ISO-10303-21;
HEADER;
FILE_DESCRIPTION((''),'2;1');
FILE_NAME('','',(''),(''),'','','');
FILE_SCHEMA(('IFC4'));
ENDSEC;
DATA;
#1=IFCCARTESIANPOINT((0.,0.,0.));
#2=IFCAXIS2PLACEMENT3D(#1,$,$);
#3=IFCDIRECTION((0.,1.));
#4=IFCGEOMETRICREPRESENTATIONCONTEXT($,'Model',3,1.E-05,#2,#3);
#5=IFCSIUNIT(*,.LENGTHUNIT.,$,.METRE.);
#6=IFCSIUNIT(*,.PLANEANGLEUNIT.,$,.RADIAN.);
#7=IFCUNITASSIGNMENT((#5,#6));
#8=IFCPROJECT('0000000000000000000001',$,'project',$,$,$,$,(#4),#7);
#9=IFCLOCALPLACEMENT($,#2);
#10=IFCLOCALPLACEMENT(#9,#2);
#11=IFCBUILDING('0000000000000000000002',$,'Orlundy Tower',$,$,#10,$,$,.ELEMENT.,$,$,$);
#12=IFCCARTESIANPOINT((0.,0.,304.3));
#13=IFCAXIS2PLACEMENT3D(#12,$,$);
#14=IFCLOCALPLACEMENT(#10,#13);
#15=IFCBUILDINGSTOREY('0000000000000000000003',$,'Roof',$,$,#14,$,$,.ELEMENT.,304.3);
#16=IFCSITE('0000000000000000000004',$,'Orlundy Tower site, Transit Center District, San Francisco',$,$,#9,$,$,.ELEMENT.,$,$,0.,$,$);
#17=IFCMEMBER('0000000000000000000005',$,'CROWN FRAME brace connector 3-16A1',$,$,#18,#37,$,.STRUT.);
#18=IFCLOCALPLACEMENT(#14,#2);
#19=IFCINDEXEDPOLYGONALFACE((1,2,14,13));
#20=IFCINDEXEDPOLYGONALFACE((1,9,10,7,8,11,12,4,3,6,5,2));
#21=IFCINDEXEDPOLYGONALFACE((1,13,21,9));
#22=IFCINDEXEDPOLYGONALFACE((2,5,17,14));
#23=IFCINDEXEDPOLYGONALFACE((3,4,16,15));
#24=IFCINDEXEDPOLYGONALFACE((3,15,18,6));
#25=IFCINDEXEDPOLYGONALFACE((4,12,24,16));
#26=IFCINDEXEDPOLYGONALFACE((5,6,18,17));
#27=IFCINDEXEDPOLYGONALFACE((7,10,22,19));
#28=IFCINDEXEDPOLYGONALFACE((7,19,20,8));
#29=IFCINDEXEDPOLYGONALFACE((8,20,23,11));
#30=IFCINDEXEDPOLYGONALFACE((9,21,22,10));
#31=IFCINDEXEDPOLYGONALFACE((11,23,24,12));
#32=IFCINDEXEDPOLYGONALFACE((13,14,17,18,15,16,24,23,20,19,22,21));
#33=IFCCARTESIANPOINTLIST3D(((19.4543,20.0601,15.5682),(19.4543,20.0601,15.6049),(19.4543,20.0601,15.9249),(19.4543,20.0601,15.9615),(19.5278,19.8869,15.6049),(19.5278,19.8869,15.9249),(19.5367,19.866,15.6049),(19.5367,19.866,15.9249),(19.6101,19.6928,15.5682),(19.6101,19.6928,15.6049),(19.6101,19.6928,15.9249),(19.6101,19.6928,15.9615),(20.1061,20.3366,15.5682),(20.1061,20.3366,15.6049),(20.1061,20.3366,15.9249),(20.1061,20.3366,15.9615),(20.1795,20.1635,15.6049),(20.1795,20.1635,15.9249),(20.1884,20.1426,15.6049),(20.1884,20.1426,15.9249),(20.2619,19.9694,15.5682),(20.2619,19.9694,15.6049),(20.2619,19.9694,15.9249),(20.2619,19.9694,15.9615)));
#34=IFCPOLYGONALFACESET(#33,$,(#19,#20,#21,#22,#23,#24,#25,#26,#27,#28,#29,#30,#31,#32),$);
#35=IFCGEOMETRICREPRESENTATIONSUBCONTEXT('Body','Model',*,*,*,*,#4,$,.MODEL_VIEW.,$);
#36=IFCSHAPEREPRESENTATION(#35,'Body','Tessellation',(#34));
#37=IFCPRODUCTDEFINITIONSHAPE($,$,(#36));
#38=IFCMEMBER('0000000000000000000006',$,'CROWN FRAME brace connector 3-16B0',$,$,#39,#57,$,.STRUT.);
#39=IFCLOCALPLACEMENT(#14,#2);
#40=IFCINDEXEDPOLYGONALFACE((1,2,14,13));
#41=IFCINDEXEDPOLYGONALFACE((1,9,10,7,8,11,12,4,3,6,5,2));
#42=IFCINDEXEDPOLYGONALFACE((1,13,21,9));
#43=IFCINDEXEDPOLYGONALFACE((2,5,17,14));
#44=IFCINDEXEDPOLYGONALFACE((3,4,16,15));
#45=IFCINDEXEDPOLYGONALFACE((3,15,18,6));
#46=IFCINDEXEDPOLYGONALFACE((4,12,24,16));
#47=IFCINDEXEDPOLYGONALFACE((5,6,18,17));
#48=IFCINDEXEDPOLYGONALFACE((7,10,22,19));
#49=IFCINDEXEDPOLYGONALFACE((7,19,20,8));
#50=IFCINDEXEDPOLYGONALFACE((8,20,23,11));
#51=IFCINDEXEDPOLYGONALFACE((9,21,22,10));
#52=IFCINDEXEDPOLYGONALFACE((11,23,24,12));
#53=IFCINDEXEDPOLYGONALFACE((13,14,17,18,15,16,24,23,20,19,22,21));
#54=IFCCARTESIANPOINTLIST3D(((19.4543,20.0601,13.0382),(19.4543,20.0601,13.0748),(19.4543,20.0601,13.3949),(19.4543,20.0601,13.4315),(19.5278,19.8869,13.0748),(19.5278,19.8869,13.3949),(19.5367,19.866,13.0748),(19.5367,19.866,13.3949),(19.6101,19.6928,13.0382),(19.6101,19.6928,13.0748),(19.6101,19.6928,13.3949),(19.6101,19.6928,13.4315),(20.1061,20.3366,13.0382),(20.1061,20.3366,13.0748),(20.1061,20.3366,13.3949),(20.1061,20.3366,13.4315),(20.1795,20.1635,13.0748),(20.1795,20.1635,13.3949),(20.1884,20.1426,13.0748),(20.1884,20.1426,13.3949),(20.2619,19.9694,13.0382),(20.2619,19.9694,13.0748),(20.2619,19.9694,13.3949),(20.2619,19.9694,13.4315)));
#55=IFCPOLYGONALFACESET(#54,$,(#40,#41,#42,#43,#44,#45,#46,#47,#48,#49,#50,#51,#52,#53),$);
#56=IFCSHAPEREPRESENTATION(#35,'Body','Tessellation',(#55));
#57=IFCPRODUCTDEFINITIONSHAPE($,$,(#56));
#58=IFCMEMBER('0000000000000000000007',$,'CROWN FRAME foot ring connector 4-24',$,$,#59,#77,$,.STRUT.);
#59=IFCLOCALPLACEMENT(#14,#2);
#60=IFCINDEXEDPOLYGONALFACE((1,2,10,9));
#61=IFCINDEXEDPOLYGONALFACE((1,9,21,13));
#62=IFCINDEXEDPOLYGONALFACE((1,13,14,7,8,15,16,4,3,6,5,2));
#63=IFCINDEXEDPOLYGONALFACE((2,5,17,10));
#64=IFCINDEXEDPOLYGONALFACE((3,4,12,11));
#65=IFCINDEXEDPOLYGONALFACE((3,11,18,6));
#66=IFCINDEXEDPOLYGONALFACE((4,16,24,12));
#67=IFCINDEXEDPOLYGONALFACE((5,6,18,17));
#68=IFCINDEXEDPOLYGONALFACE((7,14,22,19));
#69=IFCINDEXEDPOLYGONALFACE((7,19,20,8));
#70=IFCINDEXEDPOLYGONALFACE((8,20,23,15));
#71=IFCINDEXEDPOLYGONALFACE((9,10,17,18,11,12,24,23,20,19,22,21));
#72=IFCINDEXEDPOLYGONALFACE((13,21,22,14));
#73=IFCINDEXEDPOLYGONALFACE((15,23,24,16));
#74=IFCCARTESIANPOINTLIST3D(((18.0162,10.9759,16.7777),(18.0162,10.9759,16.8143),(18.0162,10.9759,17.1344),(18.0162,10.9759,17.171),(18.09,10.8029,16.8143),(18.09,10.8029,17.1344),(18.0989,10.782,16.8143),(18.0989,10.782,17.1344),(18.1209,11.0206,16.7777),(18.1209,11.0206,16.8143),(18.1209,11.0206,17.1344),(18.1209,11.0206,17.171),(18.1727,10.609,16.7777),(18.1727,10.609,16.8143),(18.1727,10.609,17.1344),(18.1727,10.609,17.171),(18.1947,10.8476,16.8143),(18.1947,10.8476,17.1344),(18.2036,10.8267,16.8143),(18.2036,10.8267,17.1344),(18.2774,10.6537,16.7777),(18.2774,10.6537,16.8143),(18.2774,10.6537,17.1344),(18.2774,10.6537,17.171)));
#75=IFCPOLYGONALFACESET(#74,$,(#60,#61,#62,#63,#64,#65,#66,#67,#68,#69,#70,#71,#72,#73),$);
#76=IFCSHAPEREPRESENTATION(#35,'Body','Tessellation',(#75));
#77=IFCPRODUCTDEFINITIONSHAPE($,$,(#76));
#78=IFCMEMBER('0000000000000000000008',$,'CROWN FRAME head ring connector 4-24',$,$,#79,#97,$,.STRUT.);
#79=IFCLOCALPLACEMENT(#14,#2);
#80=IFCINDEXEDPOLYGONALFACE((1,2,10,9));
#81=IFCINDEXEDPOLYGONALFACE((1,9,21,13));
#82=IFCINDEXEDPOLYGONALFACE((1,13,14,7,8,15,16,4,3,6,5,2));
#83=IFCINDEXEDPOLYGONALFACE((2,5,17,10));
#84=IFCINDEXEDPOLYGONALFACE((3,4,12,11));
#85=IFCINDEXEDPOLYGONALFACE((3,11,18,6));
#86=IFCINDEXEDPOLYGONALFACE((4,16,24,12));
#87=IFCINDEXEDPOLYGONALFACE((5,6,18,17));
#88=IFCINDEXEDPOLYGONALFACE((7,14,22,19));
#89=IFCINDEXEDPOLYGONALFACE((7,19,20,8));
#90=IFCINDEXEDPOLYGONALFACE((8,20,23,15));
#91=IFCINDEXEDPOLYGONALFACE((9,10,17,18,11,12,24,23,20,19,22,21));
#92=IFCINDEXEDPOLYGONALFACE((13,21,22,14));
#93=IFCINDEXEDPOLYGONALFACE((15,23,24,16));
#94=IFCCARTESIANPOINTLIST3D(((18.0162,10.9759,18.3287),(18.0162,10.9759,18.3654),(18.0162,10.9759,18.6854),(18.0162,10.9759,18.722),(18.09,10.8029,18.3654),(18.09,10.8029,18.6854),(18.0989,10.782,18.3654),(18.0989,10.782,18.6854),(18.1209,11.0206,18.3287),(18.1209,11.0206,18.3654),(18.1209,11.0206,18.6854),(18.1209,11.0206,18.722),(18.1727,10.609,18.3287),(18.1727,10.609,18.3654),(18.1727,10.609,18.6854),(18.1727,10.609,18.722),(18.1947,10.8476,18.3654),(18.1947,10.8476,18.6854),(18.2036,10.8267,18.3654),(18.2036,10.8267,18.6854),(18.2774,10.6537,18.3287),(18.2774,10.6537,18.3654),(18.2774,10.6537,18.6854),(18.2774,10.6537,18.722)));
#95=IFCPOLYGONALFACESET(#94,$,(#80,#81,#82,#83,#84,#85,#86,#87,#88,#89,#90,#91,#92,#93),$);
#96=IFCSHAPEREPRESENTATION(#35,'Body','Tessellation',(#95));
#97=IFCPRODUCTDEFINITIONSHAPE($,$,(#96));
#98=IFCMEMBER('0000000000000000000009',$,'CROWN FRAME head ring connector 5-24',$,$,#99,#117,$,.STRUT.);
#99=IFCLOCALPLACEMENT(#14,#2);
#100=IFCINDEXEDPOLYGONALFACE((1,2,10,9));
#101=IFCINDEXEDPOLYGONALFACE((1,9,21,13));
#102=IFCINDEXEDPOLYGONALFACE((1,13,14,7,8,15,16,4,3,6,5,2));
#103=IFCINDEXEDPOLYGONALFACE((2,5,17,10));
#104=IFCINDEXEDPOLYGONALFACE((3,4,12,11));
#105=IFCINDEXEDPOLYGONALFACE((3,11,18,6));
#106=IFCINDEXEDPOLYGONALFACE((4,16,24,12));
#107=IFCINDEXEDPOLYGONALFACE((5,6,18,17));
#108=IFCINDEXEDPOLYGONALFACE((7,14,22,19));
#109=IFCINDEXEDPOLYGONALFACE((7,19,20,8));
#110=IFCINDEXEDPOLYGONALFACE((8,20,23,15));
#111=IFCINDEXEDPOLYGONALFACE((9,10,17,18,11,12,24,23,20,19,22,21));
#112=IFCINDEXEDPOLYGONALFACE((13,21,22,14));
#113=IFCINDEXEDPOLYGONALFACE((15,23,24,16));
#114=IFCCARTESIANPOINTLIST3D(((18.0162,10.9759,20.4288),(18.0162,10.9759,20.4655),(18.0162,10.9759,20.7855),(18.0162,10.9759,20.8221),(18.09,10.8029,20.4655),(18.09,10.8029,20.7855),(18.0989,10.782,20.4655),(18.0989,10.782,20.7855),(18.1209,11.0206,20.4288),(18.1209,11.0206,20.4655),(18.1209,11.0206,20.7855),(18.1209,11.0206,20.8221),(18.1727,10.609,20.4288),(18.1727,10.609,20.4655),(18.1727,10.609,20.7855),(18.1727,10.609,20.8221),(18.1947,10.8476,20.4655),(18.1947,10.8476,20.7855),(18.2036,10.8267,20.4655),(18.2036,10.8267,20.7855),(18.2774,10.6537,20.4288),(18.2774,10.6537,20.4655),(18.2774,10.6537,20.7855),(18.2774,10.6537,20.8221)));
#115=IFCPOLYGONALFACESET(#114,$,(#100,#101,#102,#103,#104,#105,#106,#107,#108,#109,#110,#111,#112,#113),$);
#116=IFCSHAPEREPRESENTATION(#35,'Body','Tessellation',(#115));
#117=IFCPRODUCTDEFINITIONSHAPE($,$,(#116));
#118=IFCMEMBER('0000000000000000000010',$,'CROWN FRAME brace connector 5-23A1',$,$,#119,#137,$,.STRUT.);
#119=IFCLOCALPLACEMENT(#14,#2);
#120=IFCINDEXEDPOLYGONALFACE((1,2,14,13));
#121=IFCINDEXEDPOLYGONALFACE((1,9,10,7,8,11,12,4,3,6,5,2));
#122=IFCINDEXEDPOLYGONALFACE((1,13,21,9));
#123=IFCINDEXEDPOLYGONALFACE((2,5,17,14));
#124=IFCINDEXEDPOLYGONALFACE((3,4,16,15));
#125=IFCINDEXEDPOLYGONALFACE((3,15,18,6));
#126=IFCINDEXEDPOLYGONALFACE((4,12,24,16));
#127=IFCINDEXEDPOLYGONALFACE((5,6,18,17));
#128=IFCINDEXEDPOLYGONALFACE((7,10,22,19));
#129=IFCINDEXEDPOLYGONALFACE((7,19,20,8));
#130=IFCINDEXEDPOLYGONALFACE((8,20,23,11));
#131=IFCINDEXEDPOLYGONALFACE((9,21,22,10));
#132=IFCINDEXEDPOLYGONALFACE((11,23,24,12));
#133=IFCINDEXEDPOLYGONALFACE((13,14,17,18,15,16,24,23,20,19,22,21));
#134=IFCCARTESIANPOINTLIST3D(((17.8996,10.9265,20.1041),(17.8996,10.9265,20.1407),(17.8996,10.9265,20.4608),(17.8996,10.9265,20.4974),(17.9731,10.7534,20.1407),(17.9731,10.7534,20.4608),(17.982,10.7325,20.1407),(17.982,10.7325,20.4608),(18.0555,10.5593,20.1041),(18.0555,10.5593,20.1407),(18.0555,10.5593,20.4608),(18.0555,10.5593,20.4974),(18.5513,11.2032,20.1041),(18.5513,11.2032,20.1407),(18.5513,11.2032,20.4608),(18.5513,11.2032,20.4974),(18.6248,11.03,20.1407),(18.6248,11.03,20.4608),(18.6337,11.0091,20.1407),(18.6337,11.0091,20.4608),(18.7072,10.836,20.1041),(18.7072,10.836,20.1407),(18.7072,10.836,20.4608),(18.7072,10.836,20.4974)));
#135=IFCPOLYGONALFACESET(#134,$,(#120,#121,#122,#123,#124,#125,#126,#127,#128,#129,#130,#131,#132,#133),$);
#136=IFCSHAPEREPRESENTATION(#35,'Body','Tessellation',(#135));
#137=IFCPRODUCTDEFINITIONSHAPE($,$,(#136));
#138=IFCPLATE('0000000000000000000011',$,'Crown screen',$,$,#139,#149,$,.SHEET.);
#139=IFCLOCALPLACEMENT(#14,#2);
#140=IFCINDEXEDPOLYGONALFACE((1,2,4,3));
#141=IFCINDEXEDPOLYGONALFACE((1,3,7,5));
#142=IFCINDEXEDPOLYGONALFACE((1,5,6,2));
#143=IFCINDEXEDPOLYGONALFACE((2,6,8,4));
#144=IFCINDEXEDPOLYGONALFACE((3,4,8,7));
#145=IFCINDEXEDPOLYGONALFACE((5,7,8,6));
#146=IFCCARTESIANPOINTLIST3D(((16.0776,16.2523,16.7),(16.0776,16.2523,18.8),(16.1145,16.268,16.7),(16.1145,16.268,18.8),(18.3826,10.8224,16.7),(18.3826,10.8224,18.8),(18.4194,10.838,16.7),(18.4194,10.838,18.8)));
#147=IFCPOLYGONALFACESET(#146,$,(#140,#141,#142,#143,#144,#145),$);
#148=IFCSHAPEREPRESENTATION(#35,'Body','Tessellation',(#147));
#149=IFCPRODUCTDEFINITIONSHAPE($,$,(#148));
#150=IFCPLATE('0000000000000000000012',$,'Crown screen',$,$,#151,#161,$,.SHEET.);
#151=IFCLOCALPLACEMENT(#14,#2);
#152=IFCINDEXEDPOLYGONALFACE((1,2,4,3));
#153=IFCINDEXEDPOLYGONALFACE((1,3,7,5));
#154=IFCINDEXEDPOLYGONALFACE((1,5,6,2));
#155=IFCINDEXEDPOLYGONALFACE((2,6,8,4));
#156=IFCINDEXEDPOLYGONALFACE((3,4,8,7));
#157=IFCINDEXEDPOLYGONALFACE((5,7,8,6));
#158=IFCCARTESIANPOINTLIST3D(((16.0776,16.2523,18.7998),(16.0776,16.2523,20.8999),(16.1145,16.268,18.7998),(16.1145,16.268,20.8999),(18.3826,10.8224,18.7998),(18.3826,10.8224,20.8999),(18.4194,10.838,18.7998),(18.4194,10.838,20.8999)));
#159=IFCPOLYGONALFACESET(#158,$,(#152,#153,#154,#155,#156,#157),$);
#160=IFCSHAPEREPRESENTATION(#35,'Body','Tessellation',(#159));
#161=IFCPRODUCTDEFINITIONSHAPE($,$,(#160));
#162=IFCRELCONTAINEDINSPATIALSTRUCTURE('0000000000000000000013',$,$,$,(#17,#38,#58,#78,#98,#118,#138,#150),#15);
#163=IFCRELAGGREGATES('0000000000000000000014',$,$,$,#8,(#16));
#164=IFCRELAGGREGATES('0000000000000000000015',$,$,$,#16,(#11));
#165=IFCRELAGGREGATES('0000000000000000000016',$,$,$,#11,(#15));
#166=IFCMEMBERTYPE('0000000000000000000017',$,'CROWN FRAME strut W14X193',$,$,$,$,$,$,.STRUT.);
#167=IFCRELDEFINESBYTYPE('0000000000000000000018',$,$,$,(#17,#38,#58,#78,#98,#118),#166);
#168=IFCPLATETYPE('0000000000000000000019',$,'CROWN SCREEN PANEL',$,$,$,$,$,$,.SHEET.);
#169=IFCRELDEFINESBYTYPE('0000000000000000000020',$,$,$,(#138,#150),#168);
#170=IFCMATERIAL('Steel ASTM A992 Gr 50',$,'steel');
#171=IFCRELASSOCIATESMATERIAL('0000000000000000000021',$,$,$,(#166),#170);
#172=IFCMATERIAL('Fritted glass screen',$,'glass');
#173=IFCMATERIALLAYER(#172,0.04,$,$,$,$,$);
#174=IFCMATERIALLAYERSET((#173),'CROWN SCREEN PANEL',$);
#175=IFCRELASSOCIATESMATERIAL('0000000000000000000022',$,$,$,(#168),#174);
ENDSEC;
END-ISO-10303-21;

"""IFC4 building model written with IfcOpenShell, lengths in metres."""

from ifc_helpers import new_model, si_unit, direction, frame, origin, origin_2d, place, context, subcontext, project, spatial, rectangle, i_section, extrude, material, layer, layer_set, material_profile, profile_set, type_object, element, save


model = new_model("IFC4")

# Units and contexts
model_context = context("Model", 3, precision=1e-05, world=origin(), true_north=direction((0.0, 1.0)))
body_context = subcontext(model_context, "Body", "Model", "MODEL_VIEW")
ifc_project = project(units=[si_unit("LENGTHUNIT", "METRE"), si_unit("PLANEANGLEUNIT", "RADIAN")], contexts=[model_context])

# Site, building, storey
site_placement = place(None, origin())
site = spatial("IfcSite", under=ifc_project, at=site_placement, Name="Orlundy Tower site, Transit Center District, San Francisco", CompositionType="ELEMENT", RefElevation=0.0)
building_placement = place(site_placement, origin())
building = spatial("IfcBuilding", under=site, at=building_placement, Name="Orlundy Tower", CompositionType="ELEMENT")
storey_placement = place(building_placement, frame((0.0, 0.0, 304.3)))
storey = spatial("IfcBuildingStorey", under=building, at=storey_placement, Name="Roof", CompositionType="ELEMENT", Elevation=304.3)

# Members
ifc_material_1 = material(Name="Steel ASTM A992 Gr 50", Category="steel")
ifc_material_profile_1 = material_profile(ifc_material_1, i_section(OverallWidth=0.3989, OverallDepth=0.3933, WebThickness=0.0227, FlangeThickness=0.0366, at=origin_2d()), Name="W14X193")
ifc_profile_set_1 = profile_set([ifc_material_profile_1], Name="Steel ASTM A992 Gr 50")
member_type_1 = type_object("IfcMemberType", Name="CROWN FRAME strut W14X193", PredefinedType="STRUT", material=ifc_profile_set_1)
for number, where, z_axis, x_axis, name in (
    (1, (19.5322, 19.8765, 15.7649), (0.920548, 0.39063, 0.0), (-0.39063, 0.920548, 0.0), "CROWN FRAME brace connector 3-16A1"),
    (2, (19.5322, 19.8765, 13.2349), (0.920548, 0.39063, 0.0), (-0.39063, 0.920548, 0.0), "CROWN FRAME brace connector 3-16B0"),
):
    element("IfcMember", number, at=place(storey_placement, frame(where, z_axis=z_axis, x_axis=x_axis)), inside=storey, type_object=member_type_1, Name=name, PredefinedType="STRUT", context=body_context, shape_type="SweptSolid", body=[
        extrude(i_section(OverallWidth=0.3989, OverallDepth=0.3933, WebThickness=0.0227, FlangeThickness=0.0366, at=origin_2d()), origin(), (0.0, 0.0, 1.0), 0.708),
    ])
for number, where, z_axis, x_axis, name in (
    (3, (18.0945, 10.7925, 16.9744), (0.919809, 0.392366, 0.0), (-0.392366, 0.919809, 0.0), "CROWN FRAME foot ring connector 4-24"),
    (4, (18.0945, 10.7925, 18.5254), (0.919809, 0.392366, 0.0), (-0.392366, 0.919809, 0.0), "CROWN FRAME head ring connector 4-24"),
    (5, (18.0945, 10.7925, 20.6255), (0.919809, 0.392366, 0.0), (-0.392366, 0.919809, 0.0), "CROWN FRAME head ring connector 5-24"),
):
    element("IfcMember", number, at=place(storey_placement, frame(where, z_axis=z_axis, x_axis=x_axis)), inside=storey, type_object=member_type_1, Name=name, PredefinedType="STRUT", context=body_context, shape_type="SweptSolid", body=[
        extrude(i_section(OverallWidth=0.3989, OverallDepth=0.3933, WebThickness=0.0227, FlangeThickness=0.0366, at=origin_2d()), origin(), (0.0, 0.0, 1.0), 0.1138),
    ])
member_1_placement = place(storey_placement, frame((17.9775, 10.7429, 20.3008), z_axis=(0.920495, 0.390754, 0.0), x_axis=(-0.390754, 0.920495, 0.0)))
element("IfcMember", 6, at=member_1_placement, inside=storey, type_object=member_type_1, Name="CROWN FRAME brace connector 5-23A1", PredefinedType="STRUT", context=body_context, shape_type="SweptSolid", body=[
    extrude(i_section(OverallWidth=0.3989, OverallDepth=0.3933, WebThickness=0.0227, FlangeThickness=0.0366, at=origin_2d()), origin(), (0.0, 0.0, 1.0), 0.708),
])

# Plates
ifc_material_2 = material(Name="Fritted glass screen", Category="glass")
ifc_layer = layer(ifc_material_2, 0.04)
ifc_layer_set = layer_set([ifc_layer], Name="CROWN SCREEN PANEL")
plate_type = type_object("IfcPlateType", Name="CROWN SCREEN PANEL", PredefinedType="SHEET", material=ifc_layer_set)
for number, where, z_axis, x_axis, name in (
    (7, (17.2485, 13.5452, 16.7), (0.0, 0.0, 1.0), (-0.390742, 0.9205, 0.0), "Crown screen"),
    (8, (17.2485, 13.5452, 18.7998), (0.0, 0.0, 1.0), (-0.390742, 0.9205, 0.0), "Crown screen"),
):
    element("IfcPlate", number, at=place(storey_placement, frame(where, z_axis=z_axis, x_axis=x_axis)), inside=storey, type_object=plate_type, Name=name, PredefinedType="SHEET", context=body_context, shape_type="SweptSolid", body=[
        extrude(rectangle(XDim=5.8989, YDim=0.04, at=origin_2d()), origin(), (0.0, 0.0, 1.0), 2.1001),
    ])

save(model, "model.ifc")
